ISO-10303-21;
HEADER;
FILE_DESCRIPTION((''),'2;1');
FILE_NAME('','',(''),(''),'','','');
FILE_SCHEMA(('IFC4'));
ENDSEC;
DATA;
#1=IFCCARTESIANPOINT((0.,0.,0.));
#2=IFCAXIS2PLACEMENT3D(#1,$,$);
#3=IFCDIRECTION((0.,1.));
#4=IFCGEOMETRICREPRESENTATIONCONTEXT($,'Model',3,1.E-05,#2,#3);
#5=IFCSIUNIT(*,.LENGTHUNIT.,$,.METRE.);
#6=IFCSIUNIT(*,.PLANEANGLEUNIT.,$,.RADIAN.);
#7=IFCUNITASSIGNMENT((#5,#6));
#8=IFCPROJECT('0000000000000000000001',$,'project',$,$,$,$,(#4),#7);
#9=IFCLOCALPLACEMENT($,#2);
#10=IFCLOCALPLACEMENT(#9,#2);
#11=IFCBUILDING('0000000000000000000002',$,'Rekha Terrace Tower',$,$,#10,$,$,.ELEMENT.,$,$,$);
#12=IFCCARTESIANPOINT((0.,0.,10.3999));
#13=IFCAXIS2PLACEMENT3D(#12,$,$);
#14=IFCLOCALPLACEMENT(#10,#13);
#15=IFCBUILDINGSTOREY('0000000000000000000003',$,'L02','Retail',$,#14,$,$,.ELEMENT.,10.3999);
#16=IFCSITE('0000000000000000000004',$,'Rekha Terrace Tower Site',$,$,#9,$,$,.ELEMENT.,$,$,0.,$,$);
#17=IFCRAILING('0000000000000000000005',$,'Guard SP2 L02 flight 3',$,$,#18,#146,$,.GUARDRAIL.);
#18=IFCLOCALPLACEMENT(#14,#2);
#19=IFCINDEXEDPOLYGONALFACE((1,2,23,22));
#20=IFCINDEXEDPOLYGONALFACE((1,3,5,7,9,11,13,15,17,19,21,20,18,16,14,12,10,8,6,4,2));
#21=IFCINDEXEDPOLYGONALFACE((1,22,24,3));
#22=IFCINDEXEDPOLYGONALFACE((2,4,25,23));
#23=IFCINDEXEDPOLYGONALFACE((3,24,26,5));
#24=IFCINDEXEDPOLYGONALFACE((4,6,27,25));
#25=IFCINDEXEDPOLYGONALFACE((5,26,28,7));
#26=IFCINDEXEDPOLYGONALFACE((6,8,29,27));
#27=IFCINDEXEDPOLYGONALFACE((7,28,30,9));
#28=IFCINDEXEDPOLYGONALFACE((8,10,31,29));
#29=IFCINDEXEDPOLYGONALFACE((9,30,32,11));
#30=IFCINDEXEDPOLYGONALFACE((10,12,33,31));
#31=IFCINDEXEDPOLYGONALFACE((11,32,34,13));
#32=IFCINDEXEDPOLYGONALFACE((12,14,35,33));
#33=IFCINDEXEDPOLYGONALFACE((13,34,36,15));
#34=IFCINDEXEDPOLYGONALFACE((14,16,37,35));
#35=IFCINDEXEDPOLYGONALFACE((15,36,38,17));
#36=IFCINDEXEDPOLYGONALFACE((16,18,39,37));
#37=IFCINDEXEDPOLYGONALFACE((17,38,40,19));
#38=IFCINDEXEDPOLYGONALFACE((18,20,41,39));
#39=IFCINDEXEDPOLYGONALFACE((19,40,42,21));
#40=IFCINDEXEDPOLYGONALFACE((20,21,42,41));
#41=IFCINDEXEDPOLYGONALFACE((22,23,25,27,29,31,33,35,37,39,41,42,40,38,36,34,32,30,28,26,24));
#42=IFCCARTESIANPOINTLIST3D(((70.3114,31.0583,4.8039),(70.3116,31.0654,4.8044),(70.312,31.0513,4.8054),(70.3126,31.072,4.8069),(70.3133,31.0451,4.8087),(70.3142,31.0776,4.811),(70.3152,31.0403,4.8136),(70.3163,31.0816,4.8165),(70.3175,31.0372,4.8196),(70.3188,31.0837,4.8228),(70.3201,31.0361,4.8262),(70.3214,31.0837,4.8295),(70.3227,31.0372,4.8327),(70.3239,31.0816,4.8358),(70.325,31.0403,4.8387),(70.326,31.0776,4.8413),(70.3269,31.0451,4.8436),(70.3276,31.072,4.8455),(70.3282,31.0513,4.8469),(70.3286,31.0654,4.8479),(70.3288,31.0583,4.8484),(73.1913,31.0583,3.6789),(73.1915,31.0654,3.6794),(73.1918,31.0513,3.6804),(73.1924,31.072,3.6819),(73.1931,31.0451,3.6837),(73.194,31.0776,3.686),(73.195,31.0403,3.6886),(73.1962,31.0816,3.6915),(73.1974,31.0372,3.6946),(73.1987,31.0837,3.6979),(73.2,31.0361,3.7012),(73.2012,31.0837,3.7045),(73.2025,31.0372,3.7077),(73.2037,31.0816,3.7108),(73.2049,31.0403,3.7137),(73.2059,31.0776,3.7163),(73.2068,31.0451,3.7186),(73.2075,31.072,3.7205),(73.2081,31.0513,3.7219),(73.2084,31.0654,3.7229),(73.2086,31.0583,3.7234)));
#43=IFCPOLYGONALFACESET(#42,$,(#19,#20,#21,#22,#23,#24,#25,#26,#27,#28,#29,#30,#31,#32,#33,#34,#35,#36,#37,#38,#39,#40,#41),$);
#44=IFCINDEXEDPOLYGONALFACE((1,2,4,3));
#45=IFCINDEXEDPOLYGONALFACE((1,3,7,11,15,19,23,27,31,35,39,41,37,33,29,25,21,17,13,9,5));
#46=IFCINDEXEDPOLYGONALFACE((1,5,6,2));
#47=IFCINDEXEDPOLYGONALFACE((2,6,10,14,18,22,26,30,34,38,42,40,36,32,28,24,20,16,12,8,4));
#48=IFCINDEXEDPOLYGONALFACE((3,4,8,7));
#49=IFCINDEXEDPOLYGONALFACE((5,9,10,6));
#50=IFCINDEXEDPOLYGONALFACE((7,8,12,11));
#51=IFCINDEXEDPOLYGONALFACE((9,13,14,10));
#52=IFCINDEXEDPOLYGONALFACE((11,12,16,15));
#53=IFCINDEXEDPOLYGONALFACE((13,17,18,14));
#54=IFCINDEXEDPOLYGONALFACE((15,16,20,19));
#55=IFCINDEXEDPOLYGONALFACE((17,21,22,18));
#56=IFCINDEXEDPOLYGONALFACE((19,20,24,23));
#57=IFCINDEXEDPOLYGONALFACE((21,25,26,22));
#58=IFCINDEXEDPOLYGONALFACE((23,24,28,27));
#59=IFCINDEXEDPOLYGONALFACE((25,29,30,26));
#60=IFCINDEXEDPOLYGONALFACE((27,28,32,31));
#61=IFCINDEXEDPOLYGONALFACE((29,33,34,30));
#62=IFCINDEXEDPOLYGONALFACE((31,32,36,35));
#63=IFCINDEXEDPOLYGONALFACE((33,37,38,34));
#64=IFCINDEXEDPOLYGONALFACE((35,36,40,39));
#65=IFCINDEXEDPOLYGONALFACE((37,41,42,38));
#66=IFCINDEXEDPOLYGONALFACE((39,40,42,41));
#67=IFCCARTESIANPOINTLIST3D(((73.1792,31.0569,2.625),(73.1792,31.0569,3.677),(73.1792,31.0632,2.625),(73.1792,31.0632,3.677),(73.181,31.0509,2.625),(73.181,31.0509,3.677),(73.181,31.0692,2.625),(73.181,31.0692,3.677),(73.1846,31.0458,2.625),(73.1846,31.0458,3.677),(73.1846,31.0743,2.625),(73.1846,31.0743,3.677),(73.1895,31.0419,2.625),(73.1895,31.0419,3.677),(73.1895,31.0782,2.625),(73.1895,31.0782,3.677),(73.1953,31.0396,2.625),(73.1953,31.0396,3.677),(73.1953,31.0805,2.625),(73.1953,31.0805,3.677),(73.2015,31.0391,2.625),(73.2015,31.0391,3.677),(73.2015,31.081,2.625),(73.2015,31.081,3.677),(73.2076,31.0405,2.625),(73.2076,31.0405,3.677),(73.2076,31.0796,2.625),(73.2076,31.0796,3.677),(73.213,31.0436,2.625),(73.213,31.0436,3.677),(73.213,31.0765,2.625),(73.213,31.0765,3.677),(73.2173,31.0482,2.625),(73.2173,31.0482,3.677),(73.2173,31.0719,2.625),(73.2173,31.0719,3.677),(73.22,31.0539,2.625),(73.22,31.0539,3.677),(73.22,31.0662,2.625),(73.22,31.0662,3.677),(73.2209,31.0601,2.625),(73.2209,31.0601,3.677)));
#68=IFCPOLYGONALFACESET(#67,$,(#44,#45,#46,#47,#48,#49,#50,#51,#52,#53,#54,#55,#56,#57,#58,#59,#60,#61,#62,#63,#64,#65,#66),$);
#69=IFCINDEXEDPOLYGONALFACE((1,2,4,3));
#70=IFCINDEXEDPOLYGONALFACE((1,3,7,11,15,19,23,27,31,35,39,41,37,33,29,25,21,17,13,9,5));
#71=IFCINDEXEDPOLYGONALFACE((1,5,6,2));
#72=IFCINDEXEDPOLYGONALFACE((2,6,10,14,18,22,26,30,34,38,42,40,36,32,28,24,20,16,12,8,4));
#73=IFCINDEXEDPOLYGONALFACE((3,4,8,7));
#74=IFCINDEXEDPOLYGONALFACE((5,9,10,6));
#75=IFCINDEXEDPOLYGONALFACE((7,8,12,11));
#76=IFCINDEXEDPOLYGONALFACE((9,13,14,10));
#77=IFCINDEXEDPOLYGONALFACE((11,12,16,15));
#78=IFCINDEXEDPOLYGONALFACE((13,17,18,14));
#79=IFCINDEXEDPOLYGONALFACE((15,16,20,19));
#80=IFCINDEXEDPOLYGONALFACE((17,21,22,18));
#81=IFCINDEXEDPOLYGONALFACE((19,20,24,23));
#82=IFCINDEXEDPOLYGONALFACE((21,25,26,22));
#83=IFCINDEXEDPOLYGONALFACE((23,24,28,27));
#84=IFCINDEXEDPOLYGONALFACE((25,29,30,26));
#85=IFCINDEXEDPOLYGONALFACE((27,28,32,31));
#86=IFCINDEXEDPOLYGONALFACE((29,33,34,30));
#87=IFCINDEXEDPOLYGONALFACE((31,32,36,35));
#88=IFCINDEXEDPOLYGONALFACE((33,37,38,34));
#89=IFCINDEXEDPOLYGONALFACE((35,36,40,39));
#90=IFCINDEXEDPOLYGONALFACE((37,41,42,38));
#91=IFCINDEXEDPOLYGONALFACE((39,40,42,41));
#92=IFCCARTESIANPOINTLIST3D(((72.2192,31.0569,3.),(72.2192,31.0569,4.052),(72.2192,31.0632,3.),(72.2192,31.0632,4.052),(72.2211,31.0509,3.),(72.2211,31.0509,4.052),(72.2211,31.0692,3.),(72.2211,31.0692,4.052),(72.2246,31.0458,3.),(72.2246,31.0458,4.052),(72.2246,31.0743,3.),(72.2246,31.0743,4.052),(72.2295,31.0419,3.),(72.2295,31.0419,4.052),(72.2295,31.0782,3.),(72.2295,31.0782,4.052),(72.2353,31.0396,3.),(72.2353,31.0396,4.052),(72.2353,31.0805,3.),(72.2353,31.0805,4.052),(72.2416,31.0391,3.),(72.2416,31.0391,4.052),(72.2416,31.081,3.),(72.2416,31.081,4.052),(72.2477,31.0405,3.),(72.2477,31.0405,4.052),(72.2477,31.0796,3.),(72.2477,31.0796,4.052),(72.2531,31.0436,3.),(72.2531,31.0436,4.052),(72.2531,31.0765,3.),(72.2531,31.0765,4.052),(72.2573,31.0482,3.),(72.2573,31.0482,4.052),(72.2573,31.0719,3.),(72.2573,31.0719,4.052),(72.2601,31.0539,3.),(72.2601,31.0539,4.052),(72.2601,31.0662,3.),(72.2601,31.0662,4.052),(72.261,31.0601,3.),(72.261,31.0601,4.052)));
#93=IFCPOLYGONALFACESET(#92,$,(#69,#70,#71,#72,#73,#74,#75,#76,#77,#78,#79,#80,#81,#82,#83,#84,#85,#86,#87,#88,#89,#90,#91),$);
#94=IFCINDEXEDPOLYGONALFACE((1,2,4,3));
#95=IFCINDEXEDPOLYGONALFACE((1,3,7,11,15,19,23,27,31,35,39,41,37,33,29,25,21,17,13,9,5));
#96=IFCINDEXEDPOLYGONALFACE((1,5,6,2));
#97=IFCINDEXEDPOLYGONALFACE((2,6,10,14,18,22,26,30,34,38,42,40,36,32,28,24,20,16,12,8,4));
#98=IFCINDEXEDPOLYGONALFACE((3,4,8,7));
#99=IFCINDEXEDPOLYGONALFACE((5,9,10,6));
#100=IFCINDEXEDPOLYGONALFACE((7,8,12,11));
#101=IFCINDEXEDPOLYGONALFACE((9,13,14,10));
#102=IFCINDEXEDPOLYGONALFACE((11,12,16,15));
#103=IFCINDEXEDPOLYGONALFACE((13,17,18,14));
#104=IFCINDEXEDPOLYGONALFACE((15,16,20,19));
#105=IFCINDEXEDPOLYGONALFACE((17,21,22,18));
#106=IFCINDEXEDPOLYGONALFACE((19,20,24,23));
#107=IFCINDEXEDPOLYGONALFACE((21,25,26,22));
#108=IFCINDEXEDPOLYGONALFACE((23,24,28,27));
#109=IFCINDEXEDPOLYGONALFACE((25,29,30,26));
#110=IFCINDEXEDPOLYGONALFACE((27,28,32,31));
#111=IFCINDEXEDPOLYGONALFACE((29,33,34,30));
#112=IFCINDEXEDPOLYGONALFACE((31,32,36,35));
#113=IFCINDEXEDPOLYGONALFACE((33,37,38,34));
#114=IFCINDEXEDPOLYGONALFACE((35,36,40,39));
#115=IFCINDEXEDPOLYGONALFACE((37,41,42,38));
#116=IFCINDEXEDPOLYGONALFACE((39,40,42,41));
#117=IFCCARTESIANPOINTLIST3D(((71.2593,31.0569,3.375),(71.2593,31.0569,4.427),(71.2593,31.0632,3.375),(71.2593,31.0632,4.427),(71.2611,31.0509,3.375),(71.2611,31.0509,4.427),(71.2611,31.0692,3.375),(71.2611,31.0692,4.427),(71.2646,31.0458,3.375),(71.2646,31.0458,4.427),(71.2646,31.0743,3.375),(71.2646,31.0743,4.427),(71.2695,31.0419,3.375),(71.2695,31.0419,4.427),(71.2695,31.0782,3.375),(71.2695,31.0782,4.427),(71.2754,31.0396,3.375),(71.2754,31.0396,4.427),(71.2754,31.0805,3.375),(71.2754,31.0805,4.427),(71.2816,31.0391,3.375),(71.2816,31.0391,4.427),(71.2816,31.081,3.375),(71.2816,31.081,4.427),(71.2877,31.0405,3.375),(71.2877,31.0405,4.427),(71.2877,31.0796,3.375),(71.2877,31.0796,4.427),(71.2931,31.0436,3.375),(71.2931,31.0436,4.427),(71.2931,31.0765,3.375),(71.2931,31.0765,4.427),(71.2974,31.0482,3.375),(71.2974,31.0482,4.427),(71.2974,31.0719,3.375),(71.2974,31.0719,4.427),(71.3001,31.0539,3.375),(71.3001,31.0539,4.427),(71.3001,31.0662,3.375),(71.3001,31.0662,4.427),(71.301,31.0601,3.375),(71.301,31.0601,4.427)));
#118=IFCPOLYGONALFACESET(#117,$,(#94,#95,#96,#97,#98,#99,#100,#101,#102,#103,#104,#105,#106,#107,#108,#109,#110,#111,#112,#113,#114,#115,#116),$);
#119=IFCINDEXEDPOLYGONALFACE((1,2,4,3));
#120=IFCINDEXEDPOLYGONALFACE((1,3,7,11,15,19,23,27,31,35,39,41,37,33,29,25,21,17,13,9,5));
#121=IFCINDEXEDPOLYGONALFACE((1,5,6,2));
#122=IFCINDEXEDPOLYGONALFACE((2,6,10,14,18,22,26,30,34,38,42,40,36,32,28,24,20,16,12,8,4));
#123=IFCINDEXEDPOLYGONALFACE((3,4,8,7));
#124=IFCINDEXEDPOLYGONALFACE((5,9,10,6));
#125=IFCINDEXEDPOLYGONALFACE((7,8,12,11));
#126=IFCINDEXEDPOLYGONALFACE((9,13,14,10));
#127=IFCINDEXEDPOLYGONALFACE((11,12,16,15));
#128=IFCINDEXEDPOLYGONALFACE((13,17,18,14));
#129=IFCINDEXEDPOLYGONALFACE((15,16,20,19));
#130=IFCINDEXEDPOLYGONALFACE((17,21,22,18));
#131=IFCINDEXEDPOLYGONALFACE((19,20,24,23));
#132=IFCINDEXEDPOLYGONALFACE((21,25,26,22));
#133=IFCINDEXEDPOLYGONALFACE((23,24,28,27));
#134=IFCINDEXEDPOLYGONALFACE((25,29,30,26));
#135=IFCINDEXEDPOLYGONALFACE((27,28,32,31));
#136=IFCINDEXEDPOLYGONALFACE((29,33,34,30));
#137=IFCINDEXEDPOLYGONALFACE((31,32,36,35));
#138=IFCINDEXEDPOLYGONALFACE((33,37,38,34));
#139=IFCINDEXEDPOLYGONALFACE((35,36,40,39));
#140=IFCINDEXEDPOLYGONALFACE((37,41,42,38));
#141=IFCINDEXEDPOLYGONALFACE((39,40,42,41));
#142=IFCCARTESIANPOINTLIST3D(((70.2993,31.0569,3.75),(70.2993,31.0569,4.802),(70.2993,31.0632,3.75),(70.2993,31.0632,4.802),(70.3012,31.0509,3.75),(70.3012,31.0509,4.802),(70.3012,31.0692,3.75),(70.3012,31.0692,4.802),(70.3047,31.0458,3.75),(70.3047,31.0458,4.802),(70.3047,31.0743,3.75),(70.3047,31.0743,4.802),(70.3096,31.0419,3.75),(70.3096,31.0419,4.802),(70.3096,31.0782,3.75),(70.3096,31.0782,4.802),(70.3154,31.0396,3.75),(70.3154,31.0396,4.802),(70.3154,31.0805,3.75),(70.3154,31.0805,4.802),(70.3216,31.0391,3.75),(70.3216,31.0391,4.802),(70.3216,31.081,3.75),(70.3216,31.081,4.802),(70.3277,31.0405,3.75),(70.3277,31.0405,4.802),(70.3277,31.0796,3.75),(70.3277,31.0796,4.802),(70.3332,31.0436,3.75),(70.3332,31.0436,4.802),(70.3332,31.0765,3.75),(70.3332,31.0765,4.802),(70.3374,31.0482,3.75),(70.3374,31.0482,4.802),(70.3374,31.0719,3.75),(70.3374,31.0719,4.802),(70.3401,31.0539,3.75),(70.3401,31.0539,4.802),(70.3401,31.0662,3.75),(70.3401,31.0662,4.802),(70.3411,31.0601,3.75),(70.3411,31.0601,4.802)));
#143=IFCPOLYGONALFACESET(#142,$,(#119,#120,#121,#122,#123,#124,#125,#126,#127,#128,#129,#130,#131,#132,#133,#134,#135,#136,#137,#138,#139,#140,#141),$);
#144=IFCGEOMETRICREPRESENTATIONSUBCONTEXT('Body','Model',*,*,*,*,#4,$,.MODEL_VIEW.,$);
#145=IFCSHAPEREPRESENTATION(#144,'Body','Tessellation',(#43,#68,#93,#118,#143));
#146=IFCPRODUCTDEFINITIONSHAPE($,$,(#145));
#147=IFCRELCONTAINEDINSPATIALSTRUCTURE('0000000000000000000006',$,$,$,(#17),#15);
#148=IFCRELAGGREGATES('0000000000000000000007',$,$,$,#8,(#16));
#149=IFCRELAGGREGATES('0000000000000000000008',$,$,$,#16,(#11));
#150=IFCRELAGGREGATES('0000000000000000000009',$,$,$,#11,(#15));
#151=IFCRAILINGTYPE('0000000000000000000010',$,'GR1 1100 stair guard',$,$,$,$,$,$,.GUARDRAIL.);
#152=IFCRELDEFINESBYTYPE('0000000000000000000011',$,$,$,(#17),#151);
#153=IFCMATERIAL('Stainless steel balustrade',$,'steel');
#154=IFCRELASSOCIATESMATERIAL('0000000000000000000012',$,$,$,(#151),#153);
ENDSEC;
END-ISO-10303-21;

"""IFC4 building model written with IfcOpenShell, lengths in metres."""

from ifc_helpers import new_model, si_unit, direction, frame, origin, origin_2d, place, context, subcontext, project, spatial, circle, extrude, material, type_object, element, save


model = new_model("IFC4")

# Units and contexts
model_context = context("Model", 3, precision=1e-05, world=origin(), true_north=direction((0.0, 1.0)))
body_context = subcontext(model_context, "Body", "Model", "MODEL_VIEW")
ifc_project = project(units=[si_unit("LENGTHUNIT", "METRE"), si_unit("PLANEANGLEUNIT", "RADIAN")], contexts=[model_context])

# Site, building, storey
site_placement = place(None, origin())
site = spatial("IfcSite", under=ifc_project, at=site_placement, Name="Rekha Terrace Tower Site", CompositionType="ELEMENT", RefElevation=0.0)
building_placement = place(site_placement, origin())
building = spatial("IfcBuilding", under=site, at=building_placement, Name="Rekha Terrace Tower", CompositionType="ELEMENT")
storey_placement = place(building_placement, frame((0.0, 0.0, 10.3999)))
storey = spatial("IfcBuildingStorey", under=building, at=storey_placement, Name="L02", Description="Retail", CompositionType="ELEMENT", Elevation=10.3999)

# Railing
ifc_material_1 = material(Name="Stainless steel balustrade", Category="steel")
railing_type_1 = type_object("IfcRailingType", Name="GR1 1100 stair guard", PredefinedType="GUARDRAIL", material=ifc_material_1)
railing_1_placement = place(storey_placement, frame((73.2, 31.0601, 2.625)))
element("IfcRailing", 1, at=railing_1_placement, inside=storey, type_object=railing_type_1, Name="Guard SP2 L02 flight 3", PredefinedType="GUARDRAIL", context=body_context, shape_type="SweptSolid", body=[
    extrude(circle(Radius=0.0239, at=origin_2d()), frame((0.0, 0.0, 1.0762), z_axis=(-0.931452, 0.0, 0.363863), x_axis=(0.0, -1.0, 0.0)), (0.0, 0.0, 1.0), 3.0918),
    extrude(circle(Radius=0.021, at=origin_2d()), origin(), (0.0, 0.0, 1.0), 1.052),
    extrude(circle(Radius=0.021, at=origin_2d()), frame((-0.96, 0.0, 0.375)), (0.0, 0.0, 1.0), 1.052),
    extrude(circle(Radius=0.021, at=origin_2d()), frame((-1.9199, 0.0, 0.75)), (0.0, 0.0, 1.0), 1.052),
    extrude(circle(Radius=0.021, at=origin_2d()), frame((-2.8799, 0.0, 1.125)), (0.0, 0.0, 1.0), 1.052),
])

save(model, "model.ifc")
